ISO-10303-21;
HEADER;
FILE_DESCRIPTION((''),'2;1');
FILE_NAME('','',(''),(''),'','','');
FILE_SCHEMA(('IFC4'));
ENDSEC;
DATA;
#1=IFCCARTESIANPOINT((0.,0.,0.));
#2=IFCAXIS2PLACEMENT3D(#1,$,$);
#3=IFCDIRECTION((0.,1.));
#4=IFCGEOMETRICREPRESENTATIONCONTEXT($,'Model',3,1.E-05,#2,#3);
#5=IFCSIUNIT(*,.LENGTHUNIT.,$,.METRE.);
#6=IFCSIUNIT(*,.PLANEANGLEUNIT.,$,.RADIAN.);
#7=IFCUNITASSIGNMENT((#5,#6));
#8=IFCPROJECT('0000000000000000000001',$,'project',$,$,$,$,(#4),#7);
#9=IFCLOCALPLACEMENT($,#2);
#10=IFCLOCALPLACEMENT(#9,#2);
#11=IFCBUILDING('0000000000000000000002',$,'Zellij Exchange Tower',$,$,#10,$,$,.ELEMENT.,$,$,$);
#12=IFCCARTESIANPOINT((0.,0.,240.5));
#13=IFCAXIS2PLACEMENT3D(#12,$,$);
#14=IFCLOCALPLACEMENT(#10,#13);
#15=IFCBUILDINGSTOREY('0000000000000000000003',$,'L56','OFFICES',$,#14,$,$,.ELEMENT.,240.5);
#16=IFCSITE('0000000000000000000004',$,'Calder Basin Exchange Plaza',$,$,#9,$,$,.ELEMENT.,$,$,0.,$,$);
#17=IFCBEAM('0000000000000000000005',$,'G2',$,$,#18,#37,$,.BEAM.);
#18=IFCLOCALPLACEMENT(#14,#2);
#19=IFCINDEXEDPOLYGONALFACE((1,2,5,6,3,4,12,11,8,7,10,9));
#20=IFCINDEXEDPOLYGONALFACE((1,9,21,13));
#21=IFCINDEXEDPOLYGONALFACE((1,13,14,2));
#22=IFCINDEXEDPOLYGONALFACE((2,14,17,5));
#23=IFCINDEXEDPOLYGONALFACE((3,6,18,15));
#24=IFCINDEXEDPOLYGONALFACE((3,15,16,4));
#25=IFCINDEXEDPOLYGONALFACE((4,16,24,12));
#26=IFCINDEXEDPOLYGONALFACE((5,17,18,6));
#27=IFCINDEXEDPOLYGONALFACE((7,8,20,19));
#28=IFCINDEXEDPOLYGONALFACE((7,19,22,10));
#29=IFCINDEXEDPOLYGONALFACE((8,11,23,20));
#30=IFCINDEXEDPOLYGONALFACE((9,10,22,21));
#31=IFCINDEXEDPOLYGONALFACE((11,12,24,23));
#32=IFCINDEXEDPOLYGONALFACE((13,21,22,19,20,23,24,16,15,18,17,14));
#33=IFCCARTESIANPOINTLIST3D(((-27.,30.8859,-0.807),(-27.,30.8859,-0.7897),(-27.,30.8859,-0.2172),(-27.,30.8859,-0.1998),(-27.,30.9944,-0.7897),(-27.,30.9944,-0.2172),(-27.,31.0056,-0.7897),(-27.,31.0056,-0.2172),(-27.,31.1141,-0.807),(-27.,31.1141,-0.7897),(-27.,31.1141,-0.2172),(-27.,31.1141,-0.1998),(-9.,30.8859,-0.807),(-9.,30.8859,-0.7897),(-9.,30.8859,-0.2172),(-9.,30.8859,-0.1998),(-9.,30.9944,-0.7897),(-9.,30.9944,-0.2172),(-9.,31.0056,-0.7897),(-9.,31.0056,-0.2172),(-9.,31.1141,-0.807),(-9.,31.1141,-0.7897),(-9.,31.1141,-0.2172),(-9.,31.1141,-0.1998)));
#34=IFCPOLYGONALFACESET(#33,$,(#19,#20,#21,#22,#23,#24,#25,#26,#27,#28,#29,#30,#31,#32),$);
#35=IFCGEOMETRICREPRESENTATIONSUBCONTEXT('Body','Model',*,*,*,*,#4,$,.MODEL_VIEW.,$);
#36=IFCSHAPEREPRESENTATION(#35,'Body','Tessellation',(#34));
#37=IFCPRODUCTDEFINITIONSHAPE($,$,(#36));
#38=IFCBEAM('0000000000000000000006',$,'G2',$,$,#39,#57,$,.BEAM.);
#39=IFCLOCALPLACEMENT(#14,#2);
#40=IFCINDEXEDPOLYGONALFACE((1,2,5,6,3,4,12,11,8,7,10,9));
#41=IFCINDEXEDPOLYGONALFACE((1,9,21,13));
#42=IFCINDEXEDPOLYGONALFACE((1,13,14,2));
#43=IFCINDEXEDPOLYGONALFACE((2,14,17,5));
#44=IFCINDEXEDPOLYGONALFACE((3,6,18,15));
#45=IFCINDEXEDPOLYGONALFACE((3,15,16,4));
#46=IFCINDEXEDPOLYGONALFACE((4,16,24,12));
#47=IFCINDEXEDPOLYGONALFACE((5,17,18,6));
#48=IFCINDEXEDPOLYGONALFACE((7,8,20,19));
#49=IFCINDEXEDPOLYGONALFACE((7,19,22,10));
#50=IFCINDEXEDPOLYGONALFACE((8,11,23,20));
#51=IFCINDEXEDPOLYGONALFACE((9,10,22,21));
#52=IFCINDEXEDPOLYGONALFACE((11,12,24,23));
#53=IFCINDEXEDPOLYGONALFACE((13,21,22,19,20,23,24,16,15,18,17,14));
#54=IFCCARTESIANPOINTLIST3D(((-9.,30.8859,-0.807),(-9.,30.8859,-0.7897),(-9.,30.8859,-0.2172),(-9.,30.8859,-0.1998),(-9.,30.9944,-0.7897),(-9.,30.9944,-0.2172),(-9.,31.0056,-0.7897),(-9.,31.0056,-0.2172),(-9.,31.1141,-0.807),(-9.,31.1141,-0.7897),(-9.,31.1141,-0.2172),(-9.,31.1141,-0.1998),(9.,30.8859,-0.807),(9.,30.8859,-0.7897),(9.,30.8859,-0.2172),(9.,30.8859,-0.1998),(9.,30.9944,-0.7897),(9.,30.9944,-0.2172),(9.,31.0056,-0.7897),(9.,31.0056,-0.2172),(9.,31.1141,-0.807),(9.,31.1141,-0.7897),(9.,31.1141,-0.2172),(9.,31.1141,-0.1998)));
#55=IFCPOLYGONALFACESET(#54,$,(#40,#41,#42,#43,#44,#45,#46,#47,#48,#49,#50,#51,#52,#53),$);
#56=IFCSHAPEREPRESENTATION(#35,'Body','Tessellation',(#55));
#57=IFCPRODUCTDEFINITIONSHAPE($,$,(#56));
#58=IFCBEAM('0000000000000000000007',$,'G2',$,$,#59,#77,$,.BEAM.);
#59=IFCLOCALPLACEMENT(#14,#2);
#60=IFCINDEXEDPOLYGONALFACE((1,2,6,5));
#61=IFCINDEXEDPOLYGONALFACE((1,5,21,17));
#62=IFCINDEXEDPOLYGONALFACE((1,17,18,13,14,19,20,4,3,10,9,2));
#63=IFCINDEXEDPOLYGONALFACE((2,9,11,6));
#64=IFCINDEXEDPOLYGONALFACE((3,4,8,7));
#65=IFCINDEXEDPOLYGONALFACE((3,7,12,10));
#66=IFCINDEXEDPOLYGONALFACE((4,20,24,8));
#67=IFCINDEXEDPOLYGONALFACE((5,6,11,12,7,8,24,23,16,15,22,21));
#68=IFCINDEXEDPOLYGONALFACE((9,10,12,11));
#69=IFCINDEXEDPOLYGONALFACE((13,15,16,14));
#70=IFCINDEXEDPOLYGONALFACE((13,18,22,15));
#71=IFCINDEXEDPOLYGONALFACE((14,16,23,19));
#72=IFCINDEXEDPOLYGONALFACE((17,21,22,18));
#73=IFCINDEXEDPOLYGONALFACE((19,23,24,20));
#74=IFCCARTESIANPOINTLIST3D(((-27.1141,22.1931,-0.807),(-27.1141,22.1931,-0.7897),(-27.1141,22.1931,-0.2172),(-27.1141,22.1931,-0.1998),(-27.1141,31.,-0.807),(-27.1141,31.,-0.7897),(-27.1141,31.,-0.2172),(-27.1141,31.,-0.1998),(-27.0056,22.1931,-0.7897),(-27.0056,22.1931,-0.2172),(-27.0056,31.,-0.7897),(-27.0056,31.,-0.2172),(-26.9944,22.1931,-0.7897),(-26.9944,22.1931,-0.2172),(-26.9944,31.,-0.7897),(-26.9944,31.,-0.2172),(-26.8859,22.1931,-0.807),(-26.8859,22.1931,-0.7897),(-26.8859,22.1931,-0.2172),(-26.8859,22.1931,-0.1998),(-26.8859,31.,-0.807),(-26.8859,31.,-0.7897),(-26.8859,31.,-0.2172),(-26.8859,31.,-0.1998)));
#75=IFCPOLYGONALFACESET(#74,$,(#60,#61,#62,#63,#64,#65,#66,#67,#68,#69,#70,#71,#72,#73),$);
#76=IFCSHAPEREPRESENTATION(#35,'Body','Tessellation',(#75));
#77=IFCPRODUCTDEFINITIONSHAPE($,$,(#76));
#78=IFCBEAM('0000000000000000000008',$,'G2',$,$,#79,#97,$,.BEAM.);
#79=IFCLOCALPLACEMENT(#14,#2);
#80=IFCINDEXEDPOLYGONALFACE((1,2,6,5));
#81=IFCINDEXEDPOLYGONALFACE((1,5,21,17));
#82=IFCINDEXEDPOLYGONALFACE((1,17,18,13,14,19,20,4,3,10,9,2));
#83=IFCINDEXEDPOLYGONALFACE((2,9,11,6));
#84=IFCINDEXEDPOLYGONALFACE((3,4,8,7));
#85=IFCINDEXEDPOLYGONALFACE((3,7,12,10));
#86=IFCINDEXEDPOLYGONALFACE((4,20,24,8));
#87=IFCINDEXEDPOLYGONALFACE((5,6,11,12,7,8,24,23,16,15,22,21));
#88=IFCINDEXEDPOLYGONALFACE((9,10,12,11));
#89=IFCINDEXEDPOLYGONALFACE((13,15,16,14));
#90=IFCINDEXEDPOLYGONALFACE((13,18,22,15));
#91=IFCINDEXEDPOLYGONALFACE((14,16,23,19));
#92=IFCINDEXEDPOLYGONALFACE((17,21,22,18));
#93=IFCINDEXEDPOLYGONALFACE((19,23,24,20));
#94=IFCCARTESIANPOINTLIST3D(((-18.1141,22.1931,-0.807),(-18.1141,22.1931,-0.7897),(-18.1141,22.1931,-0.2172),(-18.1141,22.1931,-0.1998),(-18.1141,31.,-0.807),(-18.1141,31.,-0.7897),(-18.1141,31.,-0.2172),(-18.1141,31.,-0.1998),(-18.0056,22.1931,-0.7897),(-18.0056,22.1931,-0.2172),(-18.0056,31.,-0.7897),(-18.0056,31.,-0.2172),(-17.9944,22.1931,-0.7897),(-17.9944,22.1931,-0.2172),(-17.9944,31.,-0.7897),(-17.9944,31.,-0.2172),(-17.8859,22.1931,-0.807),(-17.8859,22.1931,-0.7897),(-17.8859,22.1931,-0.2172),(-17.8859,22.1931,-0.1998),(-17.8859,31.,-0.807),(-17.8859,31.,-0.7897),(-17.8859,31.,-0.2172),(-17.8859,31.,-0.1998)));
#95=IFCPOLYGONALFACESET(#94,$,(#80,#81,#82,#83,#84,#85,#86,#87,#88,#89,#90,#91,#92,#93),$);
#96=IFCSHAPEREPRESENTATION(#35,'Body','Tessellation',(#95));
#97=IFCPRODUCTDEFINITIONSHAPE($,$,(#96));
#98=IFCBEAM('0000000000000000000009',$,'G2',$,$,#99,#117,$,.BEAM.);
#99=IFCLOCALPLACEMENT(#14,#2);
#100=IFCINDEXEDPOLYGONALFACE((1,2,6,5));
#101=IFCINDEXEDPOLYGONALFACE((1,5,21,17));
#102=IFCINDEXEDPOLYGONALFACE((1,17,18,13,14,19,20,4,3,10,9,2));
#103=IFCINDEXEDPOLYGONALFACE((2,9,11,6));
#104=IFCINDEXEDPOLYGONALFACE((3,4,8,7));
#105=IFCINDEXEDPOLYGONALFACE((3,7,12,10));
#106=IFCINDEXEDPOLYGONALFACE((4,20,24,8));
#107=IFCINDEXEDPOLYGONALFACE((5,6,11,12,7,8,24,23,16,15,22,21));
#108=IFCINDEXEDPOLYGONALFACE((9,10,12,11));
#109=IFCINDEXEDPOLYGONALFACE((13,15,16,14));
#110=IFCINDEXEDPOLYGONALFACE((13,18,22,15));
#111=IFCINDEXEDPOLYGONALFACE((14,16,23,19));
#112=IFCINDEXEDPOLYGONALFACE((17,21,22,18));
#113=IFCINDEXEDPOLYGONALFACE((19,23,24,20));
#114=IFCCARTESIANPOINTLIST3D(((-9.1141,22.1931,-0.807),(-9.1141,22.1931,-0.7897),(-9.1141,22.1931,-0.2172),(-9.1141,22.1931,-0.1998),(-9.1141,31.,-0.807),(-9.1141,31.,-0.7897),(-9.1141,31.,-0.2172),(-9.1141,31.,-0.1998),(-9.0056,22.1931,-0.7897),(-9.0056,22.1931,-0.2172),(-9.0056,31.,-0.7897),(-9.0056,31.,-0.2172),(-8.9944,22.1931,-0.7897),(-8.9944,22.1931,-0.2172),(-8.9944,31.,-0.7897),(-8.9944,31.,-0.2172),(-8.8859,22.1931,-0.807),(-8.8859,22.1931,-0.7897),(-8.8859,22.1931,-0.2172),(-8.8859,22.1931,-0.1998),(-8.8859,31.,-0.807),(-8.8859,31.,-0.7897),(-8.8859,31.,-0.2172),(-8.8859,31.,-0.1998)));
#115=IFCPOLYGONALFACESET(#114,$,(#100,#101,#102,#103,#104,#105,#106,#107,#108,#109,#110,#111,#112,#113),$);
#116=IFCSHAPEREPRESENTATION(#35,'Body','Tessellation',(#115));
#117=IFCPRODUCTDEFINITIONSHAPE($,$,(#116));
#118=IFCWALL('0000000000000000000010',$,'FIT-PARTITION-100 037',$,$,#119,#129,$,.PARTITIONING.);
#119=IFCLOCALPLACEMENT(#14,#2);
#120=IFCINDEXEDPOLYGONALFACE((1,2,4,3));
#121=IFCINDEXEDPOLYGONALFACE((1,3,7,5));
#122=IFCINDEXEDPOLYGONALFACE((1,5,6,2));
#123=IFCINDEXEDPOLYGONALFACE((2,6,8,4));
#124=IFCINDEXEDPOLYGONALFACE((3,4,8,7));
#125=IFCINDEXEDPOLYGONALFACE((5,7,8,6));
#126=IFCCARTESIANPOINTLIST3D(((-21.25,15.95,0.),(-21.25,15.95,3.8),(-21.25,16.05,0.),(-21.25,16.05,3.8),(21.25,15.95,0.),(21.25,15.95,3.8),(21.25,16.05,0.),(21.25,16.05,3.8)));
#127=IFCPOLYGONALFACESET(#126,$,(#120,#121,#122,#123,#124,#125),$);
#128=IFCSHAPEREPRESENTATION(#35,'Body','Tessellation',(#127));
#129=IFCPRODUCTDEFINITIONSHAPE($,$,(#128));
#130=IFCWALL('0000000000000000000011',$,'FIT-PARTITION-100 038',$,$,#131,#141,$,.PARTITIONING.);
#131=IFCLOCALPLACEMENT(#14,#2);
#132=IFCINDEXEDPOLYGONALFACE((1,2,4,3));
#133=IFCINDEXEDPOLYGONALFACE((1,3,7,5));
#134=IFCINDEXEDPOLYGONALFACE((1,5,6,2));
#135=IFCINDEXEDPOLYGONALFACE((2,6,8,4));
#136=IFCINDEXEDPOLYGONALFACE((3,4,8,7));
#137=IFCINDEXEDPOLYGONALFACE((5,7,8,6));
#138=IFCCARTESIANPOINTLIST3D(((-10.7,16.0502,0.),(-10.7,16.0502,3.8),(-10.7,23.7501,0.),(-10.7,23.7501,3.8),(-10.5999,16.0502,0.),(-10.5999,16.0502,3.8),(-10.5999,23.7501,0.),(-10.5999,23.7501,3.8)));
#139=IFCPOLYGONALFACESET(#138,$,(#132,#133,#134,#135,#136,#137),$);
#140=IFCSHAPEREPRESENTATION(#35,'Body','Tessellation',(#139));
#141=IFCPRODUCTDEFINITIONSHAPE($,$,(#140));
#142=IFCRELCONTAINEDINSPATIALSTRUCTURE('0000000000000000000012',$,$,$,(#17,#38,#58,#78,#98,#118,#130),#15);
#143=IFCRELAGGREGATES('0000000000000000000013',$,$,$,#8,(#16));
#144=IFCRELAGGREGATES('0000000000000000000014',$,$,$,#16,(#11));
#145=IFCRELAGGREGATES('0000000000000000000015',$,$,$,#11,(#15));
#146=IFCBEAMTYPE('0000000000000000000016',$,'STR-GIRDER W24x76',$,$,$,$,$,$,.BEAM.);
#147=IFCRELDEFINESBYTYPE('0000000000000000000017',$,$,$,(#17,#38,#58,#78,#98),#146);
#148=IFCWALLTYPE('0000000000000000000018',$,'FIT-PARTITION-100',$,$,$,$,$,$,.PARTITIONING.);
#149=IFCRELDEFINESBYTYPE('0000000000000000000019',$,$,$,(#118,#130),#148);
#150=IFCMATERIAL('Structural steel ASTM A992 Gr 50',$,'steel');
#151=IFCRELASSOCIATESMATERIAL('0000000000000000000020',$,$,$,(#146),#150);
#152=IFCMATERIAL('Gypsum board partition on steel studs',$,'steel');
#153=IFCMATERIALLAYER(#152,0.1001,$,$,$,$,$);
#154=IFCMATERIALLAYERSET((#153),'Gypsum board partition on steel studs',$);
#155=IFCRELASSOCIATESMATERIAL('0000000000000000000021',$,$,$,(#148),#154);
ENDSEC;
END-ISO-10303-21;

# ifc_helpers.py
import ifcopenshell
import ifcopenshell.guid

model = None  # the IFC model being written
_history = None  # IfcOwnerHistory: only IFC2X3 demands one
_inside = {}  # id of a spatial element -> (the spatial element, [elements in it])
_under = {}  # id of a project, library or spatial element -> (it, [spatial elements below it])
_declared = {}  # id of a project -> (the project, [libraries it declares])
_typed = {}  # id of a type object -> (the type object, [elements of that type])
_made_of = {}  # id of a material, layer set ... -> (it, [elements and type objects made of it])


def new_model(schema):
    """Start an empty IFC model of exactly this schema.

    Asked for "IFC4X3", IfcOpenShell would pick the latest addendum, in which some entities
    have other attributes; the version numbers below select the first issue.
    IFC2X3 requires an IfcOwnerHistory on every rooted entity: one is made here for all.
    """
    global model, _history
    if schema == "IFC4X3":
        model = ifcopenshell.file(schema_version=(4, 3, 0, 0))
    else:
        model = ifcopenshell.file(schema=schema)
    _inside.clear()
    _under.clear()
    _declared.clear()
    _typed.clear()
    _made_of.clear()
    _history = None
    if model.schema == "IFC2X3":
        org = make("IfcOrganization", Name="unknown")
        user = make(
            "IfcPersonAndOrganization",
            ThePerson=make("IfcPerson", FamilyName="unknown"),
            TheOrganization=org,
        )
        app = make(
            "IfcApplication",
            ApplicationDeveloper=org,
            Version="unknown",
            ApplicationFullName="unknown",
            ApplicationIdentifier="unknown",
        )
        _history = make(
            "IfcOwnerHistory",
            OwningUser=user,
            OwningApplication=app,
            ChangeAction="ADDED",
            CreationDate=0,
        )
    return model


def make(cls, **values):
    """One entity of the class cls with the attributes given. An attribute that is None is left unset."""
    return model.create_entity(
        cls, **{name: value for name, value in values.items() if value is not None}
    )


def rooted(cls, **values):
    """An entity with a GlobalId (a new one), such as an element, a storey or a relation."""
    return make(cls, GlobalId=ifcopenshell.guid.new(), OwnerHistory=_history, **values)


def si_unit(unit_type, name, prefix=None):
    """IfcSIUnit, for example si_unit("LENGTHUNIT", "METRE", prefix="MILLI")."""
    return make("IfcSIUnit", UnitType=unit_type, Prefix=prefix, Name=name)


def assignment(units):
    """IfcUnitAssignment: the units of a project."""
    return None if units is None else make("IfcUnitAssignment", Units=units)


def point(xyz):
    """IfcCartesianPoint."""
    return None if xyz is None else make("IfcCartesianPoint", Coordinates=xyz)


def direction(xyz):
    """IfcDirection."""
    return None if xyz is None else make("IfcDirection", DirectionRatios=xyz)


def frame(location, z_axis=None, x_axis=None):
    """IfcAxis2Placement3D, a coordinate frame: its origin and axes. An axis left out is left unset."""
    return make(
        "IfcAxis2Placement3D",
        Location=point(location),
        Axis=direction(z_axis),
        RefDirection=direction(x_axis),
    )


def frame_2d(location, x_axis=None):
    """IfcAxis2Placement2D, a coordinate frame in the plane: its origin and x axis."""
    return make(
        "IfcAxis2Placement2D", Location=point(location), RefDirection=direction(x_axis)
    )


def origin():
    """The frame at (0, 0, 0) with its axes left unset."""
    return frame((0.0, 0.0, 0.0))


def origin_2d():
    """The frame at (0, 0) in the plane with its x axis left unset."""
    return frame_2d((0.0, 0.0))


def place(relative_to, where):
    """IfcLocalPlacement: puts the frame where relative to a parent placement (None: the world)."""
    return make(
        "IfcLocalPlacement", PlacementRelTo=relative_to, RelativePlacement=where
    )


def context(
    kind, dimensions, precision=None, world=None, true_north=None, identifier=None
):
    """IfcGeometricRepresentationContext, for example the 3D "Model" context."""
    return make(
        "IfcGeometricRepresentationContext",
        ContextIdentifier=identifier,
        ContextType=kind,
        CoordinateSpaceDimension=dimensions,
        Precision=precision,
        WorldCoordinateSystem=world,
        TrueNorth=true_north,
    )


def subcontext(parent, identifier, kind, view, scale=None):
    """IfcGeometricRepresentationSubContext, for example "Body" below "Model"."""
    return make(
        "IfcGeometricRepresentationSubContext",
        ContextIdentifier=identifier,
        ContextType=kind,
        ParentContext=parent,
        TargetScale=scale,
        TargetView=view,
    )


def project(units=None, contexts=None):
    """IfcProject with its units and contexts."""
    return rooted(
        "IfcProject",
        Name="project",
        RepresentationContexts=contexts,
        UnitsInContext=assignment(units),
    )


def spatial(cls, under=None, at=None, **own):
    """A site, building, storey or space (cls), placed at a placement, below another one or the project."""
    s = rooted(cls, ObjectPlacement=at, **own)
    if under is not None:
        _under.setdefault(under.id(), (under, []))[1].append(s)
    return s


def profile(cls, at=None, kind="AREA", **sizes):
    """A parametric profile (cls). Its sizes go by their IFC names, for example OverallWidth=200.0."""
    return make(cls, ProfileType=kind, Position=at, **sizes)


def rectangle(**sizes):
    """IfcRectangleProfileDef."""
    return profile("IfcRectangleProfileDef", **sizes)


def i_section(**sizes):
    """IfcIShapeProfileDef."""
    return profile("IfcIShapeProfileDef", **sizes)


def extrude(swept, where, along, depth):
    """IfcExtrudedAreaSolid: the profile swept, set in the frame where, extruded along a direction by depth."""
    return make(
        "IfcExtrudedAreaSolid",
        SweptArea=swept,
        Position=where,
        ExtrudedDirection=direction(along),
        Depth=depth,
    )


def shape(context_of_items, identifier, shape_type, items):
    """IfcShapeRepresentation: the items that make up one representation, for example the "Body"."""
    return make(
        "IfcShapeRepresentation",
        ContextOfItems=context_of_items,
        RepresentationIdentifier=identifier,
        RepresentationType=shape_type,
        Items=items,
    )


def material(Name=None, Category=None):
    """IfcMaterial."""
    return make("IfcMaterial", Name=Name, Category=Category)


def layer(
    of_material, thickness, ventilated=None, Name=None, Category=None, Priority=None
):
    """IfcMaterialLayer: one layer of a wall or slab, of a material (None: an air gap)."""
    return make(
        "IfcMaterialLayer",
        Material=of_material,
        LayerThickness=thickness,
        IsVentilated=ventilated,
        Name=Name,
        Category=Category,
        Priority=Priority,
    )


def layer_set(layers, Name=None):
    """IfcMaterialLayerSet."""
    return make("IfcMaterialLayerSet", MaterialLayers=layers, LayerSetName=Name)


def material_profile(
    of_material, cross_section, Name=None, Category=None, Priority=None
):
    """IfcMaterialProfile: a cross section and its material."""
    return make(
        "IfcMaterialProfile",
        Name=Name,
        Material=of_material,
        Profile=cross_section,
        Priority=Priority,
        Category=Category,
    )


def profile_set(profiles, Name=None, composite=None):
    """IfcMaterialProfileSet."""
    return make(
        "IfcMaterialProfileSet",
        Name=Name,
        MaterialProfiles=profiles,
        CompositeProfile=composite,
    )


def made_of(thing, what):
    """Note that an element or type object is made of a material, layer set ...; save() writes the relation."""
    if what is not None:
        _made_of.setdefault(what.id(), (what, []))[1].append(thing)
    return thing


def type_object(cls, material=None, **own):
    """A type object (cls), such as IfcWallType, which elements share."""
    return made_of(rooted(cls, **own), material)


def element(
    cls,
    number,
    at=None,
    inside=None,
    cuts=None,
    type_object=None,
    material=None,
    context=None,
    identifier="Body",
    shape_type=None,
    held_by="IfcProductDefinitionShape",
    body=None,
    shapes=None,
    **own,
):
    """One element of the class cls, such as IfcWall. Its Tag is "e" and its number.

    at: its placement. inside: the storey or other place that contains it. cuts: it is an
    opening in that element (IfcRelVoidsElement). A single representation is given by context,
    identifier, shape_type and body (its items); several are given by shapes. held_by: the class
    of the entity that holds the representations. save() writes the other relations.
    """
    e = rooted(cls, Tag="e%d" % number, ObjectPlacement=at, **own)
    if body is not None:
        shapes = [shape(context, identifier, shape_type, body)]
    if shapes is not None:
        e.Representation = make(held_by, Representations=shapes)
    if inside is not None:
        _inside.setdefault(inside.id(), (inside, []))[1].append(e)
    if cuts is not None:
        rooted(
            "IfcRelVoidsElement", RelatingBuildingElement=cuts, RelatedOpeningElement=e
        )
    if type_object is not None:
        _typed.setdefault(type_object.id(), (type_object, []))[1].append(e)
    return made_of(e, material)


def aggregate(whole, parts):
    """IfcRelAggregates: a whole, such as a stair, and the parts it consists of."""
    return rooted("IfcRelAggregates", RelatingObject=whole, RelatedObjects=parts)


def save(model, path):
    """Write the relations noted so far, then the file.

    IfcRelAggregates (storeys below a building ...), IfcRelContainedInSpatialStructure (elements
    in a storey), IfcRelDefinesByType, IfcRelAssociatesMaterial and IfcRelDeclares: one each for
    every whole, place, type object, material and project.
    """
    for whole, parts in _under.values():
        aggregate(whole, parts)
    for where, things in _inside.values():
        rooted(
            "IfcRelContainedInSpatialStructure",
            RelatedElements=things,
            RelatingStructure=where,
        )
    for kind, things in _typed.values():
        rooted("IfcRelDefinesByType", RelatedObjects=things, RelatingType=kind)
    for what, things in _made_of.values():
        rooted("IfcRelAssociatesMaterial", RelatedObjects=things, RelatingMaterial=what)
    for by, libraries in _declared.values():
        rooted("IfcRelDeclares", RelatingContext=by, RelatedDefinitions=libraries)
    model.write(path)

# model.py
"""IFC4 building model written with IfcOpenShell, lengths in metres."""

from ifc_helpers import new_model, si_unit, direction, frame, frame_2d, origin, origin_2d, place, context, subcontext, project, spatial, rectangle, i_section, extrude, material, layer, layer_set, material_profile, profile_set, type_object, element, save


model = new_model("IFC4")

# Units and contexts
model_context = context("Model", 3, precision=1e-05, world=origin(), true_north=direction((0.0, 1.0)))
body_context = subcontext(model_context, "Body", "Model", "MODEL_VIEW")
ifc_project = project(units=[si_unit("LENGTHUNIT", "METRE"), si_unit("PLANEANGLEUNIT", "RADIAN")], contexts=[model_context])

# Site, building, storey
site_placement = place(None, origin())
site = spatial("IfcSite", under=ifc_project, at=site_placement, Name="Calder Basin Exchange Plaza", CompositionType="ELEMENT", RefElevation=0.0)
building_placement = place(site_placement, origin())
building = spatial("IfcBuilding", under=site, at=building_placement, Name="Zellij Exchange Tower", CompositionType="ELEMENT")
storey_placement = place(building_placement, frame((0.0, 0.0, 240.5)))
storey = spatial("IfcBuildingStorey", under=building, at=storey_placement, Name="L56", Description="OFFICES", CompositionType="ELEMENT", Elevation=240.5)

# Shared definitions
ifc_material_1 = material(Name="Structural steel ASTM A992 Gr 50", Category="steel")

# Beams
ifc_material_profile_1 = material_profile(ifc_material_1, i_section(OverallWidth=0.2283, OverallDepth=0.6072, WebThickness=0.0112, FlangeThickness=0.0173, at=origin_2d()), Name="W24x76")
ifc_profile_set_1 = profile_set([ifc_material_profile_1], Name="Structural steel ASTM A992 Gr 50")
beam_type = type_object("IfcBeamType", Name="STR-GIRDER W24x76", PredefinedType="BEAM", material=ifc_profile_set_1)
for number, where, z_axis, x_axis, name in (
    (1, (-27.0, 31.0, -0.5034), (1.0, 0.0, 0.0), (0.0, 1.0, 0.0), "G2"),
    (2, (-9.0, 31.0, -0.5034), (1.0, 0.0, 0.0), (0.0, 1.0, 0.0), "G2"),
):
    element("IfcBeam", number, at=place(storey_placement, frame(where, z_axis=z_axis, x_axis=x_axis)), inside=storey, type_object=beam_type, Name=name, PredefinedType="BEAM", context=body_context, shape_type="SweptSolid", body=[
        extrude(i_section(OverallWidth=0.2283, OverallDepth=0.6072, WebThickness=0.0112, FlangeThickness=0.0173, at=origin_2d()), origin(), (0.0, 0.0, 1.0), 18.0),
    ])
for number, where, z_axis, x_axis, name in (
    (3, (-27.0, 22.1931, -0.5034), (0.0, 1.0, 0.0), (-1.0, 0.0, 0.0), "G2"),
    (4, (-18.0, 22.1931, -0.5034), (0.0, 1.0, 0.0), (-1.0, 0.0, 0.0), "G2"),
    (5, (-9.0, 22.1931, -0.5034), (0.0, 1.0, 0.0), (-1.0, 0.0, 0.0), "G2"),
):
    element("IfcBeam", number, at=place(storey_placement, frame(where, z_axis=z_axis, x_axis=x_axis)), inside=storey, type_object=beam_type, Name=name, PredefinedType="BEAM", context=body_context, shape_type="SweptSolid", body=[
        extrude(i_section(OverallWidth=0.2283, OverallDepth=0.6072, WebThickness=0.0112, FlangeThickness=0.0173, at=origin_2d()), origin(), (0.0, 0.0, 1.0), 8.8069),
    ])

# Walls
ifc_material_2 = material(Name="Gypsum board partition on steel studs", Category="steel")
ifc_layer = layer(ifc_material_2, 0.1001)
ifc_layer_set = layer_set([ifc_layer], Name="Gypsum board partition on steel studs")
wall_type = type_object("IfcWallType", Name="FIT-PARTITION-100", PredefinedType="PARTITIONING", material=ifc_layer_set)
wall_1_placement = place(storey_placement, frame((-21.25, 16.0, 0.0), z_axis=(0.0, 0.0, 1.0), x_axis=(1.0, 0.0, 0.0)))
element("IfcWall", 6, at=wall_1_placement, inside=storey, type_object=wall_type, Name="FIT-PARTITION-100 037", PredefinedType="PARTITIONING", context=body_context, shape_type="SweptSolid", body=[
    extrude(rectangle(XDim=42.5, YDim=0.1001, at=frame_2d((21.25, 0.0))), origin(), (0.0, 0.0, 1.0), 3.8),
])
wall_2_placement = place(storey_placement, frame((-10.6499, 16.05, 0.0), z_axis=(0.0, 0.0, 1.0), x_axis=(0.0, 1.0, 0.0)))
element("IfcWall", 7, at=wall_2_placement, inside=storey, type_object=wall_type, Name="FIT-PARTITION-100 038", PredefinedType="PARTITIONING", context=body_context, shape_type="SweptSolid", body=[
    extrude(rectangle(XDim=7.7, YDim=0.1001, at=frame_2d((3.8501, 0.0))), origin(), (0.0, 0.0, 1.0), 3.8),
])

save(model, "model.ifc")
